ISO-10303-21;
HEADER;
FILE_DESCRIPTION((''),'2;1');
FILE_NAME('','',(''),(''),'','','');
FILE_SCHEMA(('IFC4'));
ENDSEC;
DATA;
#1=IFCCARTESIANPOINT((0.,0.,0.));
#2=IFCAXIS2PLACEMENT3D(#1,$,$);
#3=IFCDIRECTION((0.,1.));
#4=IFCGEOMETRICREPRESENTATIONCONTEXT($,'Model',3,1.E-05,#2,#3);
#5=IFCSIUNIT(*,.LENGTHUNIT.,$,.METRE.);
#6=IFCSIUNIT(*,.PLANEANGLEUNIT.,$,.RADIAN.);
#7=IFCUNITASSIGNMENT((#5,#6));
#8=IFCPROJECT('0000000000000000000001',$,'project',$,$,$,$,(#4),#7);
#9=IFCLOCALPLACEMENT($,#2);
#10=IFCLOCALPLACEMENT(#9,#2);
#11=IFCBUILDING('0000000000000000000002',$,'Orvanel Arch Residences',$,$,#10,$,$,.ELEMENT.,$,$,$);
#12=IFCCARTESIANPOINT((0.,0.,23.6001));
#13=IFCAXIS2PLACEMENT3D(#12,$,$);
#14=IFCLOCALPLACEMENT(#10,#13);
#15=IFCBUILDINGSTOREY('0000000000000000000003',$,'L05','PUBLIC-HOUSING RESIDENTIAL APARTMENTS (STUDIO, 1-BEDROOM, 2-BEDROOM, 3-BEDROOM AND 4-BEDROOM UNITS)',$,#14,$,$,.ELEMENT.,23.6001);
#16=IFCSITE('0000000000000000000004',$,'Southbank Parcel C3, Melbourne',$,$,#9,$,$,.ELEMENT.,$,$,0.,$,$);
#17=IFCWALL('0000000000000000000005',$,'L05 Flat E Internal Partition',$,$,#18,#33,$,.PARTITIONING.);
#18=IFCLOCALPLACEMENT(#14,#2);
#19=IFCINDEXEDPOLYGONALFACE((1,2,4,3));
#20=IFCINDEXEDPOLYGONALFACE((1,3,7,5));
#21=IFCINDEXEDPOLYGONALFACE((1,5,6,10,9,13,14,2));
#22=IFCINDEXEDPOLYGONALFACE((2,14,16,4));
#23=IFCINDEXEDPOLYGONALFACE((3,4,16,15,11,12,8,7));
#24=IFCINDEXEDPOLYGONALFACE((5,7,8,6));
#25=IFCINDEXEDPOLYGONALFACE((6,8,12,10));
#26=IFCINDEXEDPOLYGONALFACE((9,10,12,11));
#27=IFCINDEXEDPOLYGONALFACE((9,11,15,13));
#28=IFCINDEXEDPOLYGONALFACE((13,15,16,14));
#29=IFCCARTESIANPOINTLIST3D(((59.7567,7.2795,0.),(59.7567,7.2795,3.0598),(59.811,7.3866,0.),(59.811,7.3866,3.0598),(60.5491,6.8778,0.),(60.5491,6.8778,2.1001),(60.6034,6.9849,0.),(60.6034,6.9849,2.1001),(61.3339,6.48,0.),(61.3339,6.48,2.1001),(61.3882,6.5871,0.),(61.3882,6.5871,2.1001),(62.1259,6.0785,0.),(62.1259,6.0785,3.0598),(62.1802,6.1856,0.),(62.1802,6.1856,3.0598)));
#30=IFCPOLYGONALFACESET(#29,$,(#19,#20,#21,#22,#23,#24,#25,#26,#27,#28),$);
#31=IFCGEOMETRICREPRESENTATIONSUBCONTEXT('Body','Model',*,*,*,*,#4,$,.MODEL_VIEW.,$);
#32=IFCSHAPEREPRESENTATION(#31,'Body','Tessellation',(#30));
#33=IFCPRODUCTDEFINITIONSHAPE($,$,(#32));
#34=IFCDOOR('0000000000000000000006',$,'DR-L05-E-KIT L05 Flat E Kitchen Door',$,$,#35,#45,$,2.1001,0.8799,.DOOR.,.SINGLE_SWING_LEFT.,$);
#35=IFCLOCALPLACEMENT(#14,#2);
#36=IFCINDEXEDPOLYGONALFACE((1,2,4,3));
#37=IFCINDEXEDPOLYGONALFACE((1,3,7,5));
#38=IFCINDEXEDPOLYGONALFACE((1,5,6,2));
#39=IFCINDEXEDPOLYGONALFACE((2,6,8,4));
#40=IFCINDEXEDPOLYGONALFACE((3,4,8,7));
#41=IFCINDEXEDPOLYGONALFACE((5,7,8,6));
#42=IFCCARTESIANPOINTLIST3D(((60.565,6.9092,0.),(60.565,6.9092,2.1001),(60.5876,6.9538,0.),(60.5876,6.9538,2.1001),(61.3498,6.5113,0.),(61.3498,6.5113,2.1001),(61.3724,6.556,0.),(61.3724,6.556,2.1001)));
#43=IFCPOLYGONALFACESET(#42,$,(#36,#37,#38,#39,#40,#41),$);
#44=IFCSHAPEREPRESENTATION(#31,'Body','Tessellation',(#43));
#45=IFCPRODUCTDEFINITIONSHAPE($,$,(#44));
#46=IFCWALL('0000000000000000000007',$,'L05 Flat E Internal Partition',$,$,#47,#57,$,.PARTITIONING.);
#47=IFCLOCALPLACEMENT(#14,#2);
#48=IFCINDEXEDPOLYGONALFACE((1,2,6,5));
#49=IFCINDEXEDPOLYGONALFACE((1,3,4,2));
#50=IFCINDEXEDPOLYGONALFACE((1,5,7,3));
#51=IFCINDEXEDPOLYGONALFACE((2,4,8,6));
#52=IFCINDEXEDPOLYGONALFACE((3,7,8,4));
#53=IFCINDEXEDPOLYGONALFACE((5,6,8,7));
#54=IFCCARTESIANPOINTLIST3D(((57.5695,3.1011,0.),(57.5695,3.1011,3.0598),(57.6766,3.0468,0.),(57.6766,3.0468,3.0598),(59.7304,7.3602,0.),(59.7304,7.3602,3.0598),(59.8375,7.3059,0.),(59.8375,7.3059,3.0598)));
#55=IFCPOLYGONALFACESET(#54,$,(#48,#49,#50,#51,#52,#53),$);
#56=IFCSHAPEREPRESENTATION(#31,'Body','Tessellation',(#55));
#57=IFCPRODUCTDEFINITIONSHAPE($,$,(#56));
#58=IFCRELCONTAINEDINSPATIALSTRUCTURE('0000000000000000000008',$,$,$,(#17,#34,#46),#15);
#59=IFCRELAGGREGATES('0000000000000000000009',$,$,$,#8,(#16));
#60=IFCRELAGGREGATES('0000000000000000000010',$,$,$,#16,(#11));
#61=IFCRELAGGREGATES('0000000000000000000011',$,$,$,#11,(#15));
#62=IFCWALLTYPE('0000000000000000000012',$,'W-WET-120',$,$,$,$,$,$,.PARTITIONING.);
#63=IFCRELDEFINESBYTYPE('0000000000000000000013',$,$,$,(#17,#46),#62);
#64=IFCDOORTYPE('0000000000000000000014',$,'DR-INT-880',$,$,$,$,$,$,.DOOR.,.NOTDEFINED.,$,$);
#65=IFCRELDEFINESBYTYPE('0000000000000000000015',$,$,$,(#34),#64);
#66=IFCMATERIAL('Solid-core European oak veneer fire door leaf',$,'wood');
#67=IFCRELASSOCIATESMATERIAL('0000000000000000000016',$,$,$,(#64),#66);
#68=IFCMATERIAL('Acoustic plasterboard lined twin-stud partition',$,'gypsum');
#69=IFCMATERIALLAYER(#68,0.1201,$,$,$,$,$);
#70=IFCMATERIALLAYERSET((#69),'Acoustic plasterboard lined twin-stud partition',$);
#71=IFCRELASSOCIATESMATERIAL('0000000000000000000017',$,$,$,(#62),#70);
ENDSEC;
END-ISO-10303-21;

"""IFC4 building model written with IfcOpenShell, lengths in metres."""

from ifc_helpers import new_model, si_unit, direction, frame, frame_2d, origin, place, context, subcontext, project, spatial, rectangle, extrude, material, layer, layer_set, type_object, element, fill, save


model = new_model("IFC4")

# Units and contexts
model_context = context("Model", 3, precision=1e-05, world=origin(), true_north=direction((0.0, 1.0)))
body_context = subcontext(model_context, "Body", "Model", "MODEL_VIEW")
ifc_project = project(units=[si_unit("LENGTHUNIT", "METRE"), si_unit("PLANEANGLEUNIT", "RADIAN")], contexts=[model_context])

# Site, building, storey
site_placement = place(None, origin())
site = spatial("IfcSite", under=ifc_project, at=site_placement, Name="Southbank Parcel C3, Melbourne", CompositionType="ELEMENT", RefElevation=0.0)
building_placement = place(site_placement, origin())
building = spatial("IfcBuilding", under=site, at=building_placement, Name="Orvanel Arch Residences", CompositionType="ELEMENT")
storey_placement = place(building_placement, frame((0.0, 0.0, 23.6001)))
storey = spatial("IfcBuildingStorey", under=building, at=storey_placement, Name="L05", Description="PUBLIC-HOUSING RESIDENTIAL APARTMENTS (STUDIO, 1-BEDROOM, 2-BEDROOM, 3-BEDROOM AND 4-BEDROOM UNITS)", CompositionType="ELEMENT", Elevation=23.6001)

# Shared definitions
ifc_material_1 = material(Name="Acoustic plasterboard lined twin-stud partition", Category="gypsum")
ifc_material_2 = material(Name="Solid-core European oak veneer fire door leaf", Category="wood")
door_type = type_object("IfcDoorType", Name="DR-INT-880", OperationType="NOTDEFINED", PredefinedType="DOOR", material=ifc_material_2)

# Wall, opening, door
ifc_layer_1 = layer(ifc_material_1, 0.1201)
ifc_layer_set_1 = layer_set([ifc_layer_1], Name="Acoustic plasterboard lined twin-stud partition")
wall_type_1 = type_object("IfcWallType", Name="W-WET-120", PredefinedType="PARTITIONING", material=ifc_layer_set_1)
wall_1_placement = place(storey_placement, frame((62.1531, 6.1321, 0.0), z_axis=(0.0, 0.0, 1.0), x_axis=(-0.89195, 0.452133, 0.0)))
wall_1 = element("IfcWall", 1, at=wall_1_placement, inside=storey, type_object=wall_type_1, Name="L05 Flat E Internal Partition", PredefinedType="PARTITIONING", context=body_context, shape_type="SweptSolid", body=[
    extrude(rectangle(XDim=2.6562, YDim=0.1201, at=frame_2d((1.3281, 0.0))), origin(), (0.0, 0.0, 1.0), 3.0598),
])
opening_1_placement = place(wall_1_placement, frame((0.8879, 0.0, 0.0)))
opening_1 = element("IfcOpeningElement", 2, at=opening_1_placement, cuts=wall_1, PredefinedType="OPENING", context=body_context, shape_type="SweptSolid", body=[
    extrude(rectangle(XDim=0.8799, YDim=2.1001, at=frame_2d((0.4399, 1.05))), frame((0.0, 0.0701, 0.0), z_axis=(0.0, -1.0, 0.0), x_axis=(1.0, 0.0, 0.0)), (0.0, 0.0, 1.0), 0.1401),
])
door_1_placement = place(opening_1_placement, origin())
door_1 = element("IfcDoor", 3, at=door_1_placement, inside=storey, type_object=door_type, Name="DR-L05-E-KIT L05 Flat E Kitchen Door", OperationType="SINGLE_SWING_LEFT", OverallHeight=2.1001, OverallWidth=0.8799, PredefinedType="DOOR", context=body_context, shape_type="SweptSolid", body=[
    extrude(rectangle(XDim=0.8799, YDim=2.1001, at=frame_2d((0.4399, 1.05))), frame((0.0, 0.0249, 0.0), z_axis=(0.0, -1.0, 0.0), x_axis=(1.0, 0.0, 0.0)), (0.0, 0.0, 1.0), 0.05),
])
fill(opening_1, door_1)

# Wall
wall_2_placement = place(storey_placement, frame((57.623, 3.074, 0.0), z_axis=(0.0, 0.0, 1.0), x_axis=(0.452461, 0.891784, 0.0)))
element("IfcWall", 4, at=wall_2_placement, inside=storey, type_object=wall_type_1, Name="L05 Flat E Internal Partition", PredefinedType="PARTITIONING", context=body_context, shape_type="SweptSolid", body=[
    extrude(rectangle(XDim=4.7759, YDim=0.1201, at=frame_2d((2.3879, 0.0))), origin(), (0.0, 0.0, 1.0), 3.0598),
])

save(model, "model.ifc")
